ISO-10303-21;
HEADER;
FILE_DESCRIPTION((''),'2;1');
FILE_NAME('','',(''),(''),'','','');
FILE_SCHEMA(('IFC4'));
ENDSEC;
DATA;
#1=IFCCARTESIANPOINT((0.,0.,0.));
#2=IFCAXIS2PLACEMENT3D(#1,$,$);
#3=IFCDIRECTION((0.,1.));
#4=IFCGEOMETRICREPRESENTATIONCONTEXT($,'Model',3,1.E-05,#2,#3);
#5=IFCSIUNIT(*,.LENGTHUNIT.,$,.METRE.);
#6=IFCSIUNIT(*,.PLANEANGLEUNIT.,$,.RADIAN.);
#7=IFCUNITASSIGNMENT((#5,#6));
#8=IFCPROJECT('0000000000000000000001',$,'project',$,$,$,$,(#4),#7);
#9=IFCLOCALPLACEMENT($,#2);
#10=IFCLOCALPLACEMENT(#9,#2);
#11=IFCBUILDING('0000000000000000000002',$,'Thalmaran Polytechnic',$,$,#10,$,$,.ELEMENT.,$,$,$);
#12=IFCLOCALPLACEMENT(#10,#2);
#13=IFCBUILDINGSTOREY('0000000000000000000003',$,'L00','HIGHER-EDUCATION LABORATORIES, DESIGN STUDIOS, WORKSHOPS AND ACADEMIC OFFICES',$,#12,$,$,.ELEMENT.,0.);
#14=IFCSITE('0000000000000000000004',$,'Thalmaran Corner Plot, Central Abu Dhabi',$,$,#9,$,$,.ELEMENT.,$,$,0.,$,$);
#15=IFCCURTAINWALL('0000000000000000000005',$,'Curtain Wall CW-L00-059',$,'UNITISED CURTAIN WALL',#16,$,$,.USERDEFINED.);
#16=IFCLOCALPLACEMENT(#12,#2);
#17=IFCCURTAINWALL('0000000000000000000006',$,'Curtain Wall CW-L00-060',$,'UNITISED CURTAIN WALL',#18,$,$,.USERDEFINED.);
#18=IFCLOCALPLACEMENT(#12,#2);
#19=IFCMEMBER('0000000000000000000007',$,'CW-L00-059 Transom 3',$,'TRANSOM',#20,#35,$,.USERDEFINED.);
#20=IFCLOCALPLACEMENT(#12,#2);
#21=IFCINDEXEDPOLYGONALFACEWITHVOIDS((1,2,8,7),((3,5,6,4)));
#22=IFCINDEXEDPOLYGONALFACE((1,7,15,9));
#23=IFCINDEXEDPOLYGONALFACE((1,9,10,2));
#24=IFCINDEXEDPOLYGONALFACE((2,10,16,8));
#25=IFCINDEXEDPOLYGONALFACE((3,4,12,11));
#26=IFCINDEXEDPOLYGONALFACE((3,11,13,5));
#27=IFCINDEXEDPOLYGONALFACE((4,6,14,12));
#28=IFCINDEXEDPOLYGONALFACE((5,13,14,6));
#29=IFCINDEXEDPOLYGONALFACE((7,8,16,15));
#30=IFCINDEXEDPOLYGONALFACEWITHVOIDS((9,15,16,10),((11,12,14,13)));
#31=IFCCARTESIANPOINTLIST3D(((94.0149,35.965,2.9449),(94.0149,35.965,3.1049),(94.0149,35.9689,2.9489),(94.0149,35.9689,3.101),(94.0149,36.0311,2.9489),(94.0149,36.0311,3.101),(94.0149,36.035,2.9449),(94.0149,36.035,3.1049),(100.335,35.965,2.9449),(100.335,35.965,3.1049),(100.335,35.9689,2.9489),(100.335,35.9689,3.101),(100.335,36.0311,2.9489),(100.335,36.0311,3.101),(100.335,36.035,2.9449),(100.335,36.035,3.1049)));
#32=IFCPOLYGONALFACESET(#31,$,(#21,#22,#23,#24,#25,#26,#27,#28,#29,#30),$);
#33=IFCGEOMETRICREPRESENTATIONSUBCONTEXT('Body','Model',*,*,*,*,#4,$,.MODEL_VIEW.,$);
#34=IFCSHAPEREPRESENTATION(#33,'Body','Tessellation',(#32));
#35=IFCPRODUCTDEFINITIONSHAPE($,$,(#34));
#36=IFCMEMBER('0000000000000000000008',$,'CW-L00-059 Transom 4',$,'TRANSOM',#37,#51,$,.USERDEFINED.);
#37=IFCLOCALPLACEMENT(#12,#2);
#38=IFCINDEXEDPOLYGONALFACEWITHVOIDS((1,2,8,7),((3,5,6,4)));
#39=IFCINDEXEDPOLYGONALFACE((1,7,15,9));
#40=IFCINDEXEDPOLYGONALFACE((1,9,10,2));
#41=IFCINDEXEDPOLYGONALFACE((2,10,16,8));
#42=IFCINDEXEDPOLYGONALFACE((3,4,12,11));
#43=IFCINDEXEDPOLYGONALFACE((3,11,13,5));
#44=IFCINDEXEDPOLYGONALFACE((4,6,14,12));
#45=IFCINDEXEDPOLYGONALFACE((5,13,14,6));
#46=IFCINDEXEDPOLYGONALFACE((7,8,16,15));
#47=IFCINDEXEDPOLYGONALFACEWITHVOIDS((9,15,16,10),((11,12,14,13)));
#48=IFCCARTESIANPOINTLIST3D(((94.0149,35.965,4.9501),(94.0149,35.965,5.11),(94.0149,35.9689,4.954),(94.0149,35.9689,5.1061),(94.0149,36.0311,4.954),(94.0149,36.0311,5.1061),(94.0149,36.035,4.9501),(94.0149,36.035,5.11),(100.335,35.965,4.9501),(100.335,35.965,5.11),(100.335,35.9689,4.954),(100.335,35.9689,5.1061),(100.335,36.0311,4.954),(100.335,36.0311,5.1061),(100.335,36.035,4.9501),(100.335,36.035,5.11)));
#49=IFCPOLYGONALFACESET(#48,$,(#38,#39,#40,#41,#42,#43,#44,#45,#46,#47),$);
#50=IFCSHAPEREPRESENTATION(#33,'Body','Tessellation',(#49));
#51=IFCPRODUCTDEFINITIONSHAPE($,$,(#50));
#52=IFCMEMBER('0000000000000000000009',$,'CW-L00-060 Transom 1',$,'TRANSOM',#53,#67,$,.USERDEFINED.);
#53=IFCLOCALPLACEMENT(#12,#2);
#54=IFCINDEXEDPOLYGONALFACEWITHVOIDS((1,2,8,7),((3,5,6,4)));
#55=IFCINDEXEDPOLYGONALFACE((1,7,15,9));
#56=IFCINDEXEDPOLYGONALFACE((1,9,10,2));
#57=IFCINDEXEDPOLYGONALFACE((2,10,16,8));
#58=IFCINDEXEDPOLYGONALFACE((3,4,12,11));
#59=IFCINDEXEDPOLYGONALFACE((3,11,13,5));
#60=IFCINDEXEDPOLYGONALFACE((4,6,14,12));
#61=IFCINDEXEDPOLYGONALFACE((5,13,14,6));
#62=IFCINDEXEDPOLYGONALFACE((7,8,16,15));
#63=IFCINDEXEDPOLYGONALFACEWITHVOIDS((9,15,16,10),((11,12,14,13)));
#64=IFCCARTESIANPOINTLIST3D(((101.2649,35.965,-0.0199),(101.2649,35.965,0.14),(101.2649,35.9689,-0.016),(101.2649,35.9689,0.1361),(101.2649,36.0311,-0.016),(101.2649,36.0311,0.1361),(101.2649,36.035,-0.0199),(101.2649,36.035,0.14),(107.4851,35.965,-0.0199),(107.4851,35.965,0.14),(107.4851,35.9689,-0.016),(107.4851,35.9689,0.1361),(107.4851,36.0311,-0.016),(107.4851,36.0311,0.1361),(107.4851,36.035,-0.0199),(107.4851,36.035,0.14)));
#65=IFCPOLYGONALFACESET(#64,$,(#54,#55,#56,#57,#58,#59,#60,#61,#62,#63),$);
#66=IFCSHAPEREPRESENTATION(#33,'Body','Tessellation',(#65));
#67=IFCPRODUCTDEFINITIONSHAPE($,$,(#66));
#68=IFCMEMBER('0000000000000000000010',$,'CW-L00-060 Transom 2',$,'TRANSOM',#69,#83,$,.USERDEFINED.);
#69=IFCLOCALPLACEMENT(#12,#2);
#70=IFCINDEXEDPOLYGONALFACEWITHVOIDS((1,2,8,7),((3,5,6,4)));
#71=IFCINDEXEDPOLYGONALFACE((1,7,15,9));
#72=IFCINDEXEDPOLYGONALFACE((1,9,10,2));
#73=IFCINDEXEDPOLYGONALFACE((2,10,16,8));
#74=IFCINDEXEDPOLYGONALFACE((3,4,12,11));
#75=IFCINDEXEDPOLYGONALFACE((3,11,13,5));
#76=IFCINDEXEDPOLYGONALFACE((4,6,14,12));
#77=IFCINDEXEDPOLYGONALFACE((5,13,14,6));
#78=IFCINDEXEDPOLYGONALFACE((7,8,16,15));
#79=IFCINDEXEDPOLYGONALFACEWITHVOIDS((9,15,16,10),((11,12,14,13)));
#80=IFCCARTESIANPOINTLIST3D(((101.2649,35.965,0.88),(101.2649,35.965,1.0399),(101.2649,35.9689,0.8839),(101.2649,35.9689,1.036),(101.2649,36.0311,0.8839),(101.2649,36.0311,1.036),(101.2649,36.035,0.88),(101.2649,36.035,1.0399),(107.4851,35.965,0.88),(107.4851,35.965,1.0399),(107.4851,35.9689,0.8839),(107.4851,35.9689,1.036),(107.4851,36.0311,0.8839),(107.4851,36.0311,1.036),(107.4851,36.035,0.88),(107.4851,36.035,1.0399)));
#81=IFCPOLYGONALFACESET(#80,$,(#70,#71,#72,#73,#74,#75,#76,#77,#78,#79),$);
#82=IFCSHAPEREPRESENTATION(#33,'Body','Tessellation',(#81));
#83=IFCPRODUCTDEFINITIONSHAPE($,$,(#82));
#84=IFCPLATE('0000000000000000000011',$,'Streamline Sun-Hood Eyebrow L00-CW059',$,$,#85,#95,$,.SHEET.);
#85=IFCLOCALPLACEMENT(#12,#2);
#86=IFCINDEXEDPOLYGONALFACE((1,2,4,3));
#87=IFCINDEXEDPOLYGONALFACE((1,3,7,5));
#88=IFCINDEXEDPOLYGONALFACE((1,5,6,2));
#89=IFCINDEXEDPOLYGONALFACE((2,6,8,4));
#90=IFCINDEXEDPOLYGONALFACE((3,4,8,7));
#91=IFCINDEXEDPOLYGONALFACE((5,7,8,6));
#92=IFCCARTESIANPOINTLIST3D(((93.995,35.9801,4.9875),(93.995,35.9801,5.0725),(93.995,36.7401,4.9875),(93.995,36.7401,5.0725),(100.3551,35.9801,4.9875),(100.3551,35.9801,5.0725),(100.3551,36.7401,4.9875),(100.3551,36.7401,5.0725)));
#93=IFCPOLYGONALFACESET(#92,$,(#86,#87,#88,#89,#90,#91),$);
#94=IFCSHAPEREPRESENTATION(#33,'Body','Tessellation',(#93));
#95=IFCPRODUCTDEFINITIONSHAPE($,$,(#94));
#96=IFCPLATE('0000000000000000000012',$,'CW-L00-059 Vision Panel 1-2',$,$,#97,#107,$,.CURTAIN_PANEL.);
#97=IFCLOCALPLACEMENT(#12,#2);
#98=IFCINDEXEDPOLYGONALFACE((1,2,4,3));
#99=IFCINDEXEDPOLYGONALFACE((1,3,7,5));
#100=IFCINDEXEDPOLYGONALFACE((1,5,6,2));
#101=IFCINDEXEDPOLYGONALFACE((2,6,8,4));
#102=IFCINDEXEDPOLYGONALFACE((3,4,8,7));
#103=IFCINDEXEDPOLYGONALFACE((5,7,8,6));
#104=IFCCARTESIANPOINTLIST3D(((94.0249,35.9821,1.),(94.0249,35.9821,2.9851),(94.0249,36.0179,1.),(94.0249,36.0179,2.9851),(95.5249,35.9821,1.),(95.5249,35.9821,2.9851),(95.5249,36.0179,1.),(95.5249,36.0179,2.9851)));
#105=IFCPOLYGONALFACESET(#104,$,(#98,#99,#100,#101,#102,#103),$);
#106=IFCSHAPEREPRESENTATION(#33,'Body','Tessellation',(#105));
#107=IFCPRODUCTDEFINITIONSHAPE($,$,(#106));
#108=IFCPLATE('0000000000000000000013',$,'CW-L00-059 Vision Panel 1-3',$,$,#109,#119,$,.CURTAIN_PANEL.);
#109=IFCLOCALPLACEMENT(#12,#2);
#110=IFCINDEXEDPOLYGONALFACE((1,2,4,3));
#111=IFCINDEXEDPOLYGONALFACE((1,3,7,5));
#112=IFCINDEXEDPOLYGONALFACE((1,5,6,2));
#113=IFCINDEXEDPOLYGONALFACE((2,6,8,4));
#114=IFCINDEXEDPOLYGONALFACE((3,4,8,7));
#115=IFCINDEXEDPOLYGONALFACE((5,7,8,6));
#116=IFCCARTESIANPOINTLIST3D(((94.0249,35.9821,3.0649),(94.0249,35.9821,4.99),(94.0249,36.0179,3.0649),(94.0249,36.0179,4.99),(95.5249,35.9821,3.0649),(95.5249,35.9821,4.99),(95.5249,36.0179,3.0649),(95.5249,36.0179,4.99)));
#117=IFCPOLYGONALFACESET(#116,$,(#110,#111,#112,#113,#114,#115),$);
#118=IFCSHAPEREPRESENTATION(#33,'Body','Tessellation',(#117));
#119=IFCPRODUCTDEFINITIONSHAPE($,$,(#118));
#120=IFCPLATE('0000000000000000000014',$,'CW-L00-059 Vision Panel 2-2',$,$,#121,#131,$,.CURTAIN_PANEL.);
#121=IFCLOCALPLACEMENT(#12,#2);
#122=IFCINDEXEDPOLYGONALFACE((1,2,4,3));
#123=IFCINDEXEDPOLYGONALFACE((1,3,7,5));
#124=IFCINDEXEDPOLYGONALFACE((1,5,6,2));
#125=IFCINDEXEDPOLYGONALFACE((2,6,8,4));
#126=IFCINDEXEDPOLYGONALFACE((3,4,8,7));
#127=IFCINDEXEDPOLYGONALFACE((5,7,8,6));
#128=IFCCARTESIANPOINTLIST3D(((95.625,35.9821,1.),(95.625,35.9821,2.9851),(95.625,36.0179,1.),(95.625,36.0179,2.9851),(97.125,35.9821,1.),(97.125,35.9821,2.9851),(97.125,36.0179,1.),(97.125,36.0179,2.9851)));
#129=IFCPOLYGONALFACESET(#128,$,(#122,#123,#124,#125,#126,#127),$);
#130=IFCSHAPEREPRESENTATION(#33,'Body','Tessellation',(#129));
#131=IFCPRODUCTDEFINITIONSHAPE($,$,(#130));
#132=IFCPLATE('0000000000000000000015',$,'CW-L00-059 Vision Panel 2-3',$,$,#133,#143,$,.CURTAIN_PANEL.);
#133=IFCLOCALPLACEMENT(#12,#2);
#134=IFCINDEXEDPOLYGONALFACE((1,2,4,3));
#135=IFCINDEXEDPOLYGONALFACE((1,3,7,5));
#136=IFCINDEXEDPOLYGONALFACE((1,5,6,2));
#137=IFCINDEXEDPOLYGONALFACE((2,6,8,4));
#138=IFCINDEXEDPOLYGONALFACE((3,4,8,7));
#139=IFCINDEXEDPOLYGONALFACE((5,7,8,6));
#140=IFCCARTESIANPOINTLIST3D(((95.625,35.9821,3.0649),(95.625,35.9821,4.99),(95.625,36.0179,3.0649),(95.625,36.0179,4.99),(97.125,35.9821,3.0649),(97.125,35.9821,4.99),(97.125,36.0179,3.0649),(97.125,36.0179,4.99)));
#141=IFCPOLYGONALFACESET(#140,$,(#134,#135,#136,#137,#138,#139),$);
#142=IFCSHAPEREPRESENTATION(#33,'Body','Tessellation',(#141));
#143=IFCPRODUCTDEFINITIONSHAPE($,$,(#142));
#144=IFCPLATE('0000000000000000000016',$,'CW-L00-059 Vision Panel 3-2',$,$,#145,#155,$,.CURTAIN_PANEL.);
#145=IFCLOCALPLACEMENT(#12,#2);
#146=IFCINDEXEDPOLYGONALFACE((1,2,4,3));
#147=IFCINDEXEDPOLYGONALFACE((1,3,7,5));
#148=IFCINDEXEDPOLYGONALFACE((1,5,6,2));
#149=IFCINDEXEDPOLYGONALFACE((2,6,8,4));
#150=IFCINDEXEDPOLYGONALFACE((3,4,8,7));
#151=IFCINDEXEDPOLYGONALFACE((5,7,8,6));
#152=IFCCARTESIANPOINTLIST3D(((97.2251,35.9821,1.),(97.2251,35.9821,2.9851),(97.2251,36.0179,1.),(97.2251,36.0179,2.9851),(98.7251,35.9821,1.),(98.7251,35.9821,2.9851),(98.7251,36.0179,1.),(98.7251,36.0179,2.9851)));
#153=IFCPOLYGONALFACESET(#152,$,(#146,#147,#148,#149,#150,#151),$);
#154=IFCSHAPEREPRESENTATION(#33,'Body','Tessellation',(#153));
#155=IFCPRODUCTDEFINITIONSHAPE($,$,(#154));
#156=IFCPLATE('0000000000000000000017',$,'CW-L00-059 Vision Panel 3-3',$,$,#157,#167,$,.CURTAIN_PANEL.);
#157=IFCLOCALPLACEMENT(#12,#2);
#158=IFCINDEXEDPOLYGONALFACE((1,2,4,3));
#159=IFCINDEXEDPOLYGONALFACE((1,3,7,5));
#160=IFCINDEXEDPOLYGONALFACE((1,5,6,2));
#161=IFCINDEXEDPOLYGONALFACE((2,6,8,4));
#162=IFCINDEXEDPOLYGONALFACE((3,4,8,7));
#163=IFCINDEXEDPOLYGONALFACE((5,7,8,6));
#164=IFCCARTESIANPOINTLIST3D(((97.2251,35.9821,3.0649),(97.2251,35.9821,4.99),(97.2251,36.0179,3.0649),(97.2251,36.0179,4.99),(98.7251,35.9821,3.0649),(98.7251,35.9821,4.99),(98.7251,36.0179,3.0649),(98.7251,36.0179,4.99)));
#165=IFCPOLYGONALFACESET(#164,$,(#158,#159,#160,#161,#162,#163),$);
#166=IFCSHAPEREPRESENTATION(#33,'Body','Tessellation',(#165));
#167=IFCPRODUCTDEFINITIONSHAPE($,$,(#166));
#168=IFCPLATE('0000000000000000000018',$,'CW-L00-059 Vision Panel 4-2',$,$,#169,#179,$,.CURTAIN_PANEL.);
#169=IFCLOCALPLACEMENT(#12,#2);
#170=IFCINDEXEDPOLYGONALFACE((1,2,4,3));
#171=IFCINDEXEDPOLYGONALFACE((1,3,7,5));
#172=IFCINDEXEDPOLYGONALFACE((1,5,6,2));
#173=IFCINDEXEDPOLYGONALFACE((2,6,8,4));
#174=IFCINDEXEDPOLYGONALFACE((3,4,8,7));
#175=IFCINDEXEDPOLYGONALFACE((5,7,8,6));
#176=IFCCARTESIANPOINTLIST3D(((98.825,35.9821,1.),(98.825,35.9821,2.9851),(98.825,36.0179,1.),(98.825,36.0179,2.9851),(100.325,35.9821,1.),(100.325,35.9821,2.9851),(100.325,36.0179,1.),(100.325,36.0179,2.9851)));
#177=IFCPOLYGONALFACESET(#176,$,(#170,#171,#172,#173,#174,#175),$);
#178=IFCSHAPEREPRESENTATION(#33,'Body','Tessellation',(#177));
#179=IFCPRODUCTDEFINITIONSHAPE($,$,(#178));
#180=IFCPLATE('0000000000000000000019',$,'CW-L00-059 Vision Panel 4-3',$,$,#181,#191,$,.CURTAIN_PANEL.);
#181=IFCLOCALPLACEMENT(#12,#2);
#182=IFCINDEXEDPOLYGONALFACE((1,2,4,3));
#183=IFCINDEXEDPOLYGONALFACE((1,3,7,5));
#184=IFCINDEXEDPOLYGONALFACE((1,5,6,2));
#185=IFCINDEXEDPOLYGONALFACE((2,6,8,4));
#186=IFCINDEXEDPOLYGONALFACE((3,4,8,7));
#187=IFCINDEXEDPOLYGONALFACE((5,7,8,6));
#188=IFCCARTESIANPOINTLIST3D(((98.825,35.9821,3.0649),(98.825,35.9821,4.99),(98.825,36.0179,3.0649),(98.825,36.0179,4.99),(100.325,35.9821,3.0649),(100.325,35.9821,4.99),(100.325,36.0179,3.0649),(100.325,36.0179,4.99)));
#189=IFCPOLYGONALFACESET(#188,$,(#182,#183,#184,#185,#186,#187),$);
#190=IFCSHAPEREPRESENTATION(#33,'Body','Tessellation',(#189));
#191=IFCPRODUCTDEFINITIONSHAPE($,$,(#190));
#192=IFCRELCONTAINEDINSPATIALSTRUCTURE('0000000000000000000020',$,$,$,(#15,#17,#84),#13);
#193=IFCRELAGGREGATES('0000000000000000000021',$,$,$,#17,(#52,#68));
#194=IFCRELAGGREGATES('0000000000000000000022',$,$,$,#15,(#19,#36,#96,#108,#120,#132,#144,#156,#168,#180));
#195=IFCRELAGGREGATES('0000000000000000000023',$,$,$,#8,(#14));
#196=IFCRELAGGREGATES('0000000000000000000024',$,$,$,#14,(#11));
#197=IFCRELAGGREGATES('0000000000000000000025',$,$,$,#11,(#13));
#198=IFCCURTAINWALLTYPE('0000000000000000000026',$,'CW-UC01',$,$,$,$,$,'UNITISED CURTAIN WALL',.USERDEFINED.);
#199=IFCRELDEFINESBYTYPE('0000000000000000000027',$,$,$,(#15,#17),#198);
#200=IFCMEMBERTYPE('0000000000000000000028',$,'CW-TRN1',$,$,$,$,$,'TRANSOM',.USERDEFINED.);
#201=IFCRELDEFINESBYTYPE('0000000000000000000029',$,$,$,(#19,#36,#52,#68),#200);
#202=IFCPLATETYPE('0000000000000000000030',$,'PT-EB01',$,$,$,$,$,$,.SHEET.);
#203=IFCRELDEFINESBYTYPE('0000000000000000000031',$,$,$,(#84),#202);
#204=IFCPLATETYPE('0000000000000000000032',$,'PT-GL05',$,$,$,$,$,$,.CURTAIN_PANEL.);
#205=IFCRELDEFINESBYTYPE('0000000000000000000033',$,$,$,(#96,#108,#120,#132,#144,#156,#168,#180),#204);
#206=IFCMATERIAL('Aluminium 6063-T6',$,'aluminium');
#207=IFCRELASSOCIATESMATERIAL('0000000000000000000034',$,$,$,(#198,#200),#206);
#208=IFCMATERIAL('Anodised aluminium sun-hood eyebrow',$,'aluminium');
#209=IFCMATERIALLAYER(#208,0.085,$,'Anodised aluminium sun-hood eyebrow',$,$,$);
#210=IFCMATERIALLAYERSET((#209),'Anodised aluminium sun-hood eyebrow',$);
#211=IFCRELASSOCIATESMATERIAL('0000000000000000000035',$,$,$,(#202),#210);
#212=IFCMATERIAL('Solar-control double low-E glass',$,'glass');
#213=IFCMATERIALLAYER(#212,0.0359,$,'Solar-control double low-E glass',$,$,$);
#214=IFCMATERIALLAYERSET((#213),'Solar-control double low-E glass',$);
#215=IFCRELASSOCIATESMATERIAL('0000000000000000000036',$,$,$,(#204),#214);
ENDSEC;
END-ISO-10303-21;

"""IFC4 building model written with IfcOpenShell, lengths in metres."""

from ifc_helpers import new_model, si_unit, direction, frame, origin, origin_2d, place, context, subcontext, project, spatial, rectangle, hollow_rectangle, extrude, material, layer, layer_set, material_profile, profile_set, type_object, element, aggregate, save


model = new_model("IFC4")

# Units and contexts
model_context = context("Model", 3, precision=1e-05, world=origin(), true_north=direction((0.0, 1.0)))
body_context = subcontext(model_context, "Body", "Model", "MODEL_VIEW")
ifc_project = project(units=[si_unit("LENGTHUNIT", "METRE"), si_unit("PLANEANGLEUNIT", "RADIAN")], contexts=[model_context])

# Site, building, storey
site_placement = place(None, origin())
site = spatial("IfcSite", under=ifc_project, at=site_placement, Name="Thalmaran Corner Plot, Central Abu Dhabi", CompositionType="ELEMENT", RefElevation=0.0)
building_placement = place(site_placement, origin())
building = spatial("IfcBuilding", under=site, at=building_placement, Name="Thalmaran Polytechnic", CompositionType="ELEMENT")
storey_placement = place(building_placement, origin())
storey = spatial("IfcBuildingStorey", under=building, at=storey_placement, Name="L00", Description="HIGHER-EDUCATION LABORATORIES, DESIGN STUDIOS, WORKSHOPS AND ACADEMIC OFFICES", CompositionType="ELEMENT", Elevation=0.0)

# Curtain wall
ifc_material_1 = material(Name="Aluminium 6063-T6", Category="aluminium")
curtain_wall_type = type_object("IfcCurtainWallType", Name="CW-UC01", ElementType="UNITISED CURTAIN WALL", PredefinedType="USERDEFINED", material=ifc_material_1)
curtain_wall_1_placement = place(storey_placement, origin())
curtain_wall_1 = element("IfcCurtainWall", 1, at=curtain_wall_1_placement, inside=storey, type_object=curtain_wall_type, Name="Curtain Wall CW-L00-059", ObjectType="UNITISED CURTAIN WALL", PredefinedType="USERDEFINED")

# Curtain wall
curtain_wall_2_placement = place(storey_placement, origin())
curtain_wall_2 = element("IfcCurtainWall", 2, at=curtain_wall_2_placement, inside=storey, type_object=curtain_wall_type, Name="Curtain Wall CW-L00-060", ObjectType="UNITISED CURTAIN WALL", PredefinedType="USERDEFINED")

# Members
ifc_material_profile_1 = material_profile(ifc_material_1, hollow_rectangle(XDim=0.0701, YDim=0.1599, WallThickness=0.0039, at=origin_2d()), Name="AL 160x70x4.0")
ifc_profile_set_1 = profile_set([ifc_material_profile_1], Name="Aluminium 6063-T6")
member_type_1 = type_object("IfcMemberType", Name="CW-TRN1", ElementType="TRANSOM", PredefinedType="USERDEFINED", material=ifc_profile_set_1)
member_1_placement = place(storey_placement, frame((94.0149, 36.0, 3.0249), z_axis=(1.0, 0.0, 0.0), x_axis=(0.0, 1.0, 0.0)))
member_1 = element("IfcMember", 3, at=member_1_placement, type_object=member_type_1, Name="CW-L00-059 Transom 3", ObjectType="TRANSOM", PredefinedType="USERDEFINED", context=body_context, shape_type="SweptSolid", body=[
    extrude(hollow_rectangle(XDim=0.0701, YDim=0.1599, WallThickness=0.0039, at=origin_2d()), origin(), (0.0, 0.0, 1.0), 6.3201),
])
member_2_placement = place(storey_placement, frame((94.0149, 36.0, 5.03), z_axis=(1.0, 0.0, 0.0), x_axis=(0.0, 1.0, 0.0)))
member_2 = element("IfcMember", 4, at=member_2_placement, type_object=member_type_1, Name="CW-L00-059 Transom 4", ObjectType="TRANSOM", PredefinedType="USERDEFINED", context=body_context, shape_type="SweptSolid", body=[
    extrude(hollow_rectangle(XDim=0.0701, YDim=0.1599, WallThickness=0.0039, at=origin_2d()), origin(), (0.0, 0.0, 1.0), 6.3201),
])
member_3_placement = place(storey_placement, frame((101.2649, 36.0, 0.0601), z_axis=(1.0, 0.0, 0.0), x_axis=(0.0, 1.0, 0.0)))
member_3 = element("IfcMember", 5, at=member_3_placement, type_object=member_type_1, Name="CW-L00-060 Transom 1", ObjectType="TRANSOM", PredefinedType="USERDEFINED", context=body_context, shape_type="SweptSolid", body=[
    extrude(hollow_rectangle(XDim=0.0701, YDim=0.1599, WallThickness=0.0039, at=origin_2d()), origin(), (0.0, 0.0, 1.0), 6.2202),
])
member_4_placement = place(storey_placement, frame((101.2649, 36.0, 0.96), z_axis=(1.0, 0.0, 0.0), x_axis=(0.0, 1.0, 0.0)))
member_4 = element("IfcMember", 6, at=member_4_placement, type_object=member_type_1, Name="CW-L00-060 Transom 2", ObjectType="TRANSOM", PredefinedType="USERDEFINED", context=body_context, shape_type="SweptSolid", body=[
    extrude(hollow_rectangle(XDim=0.0701, YDim=0.1599, WallThickness=0.0039, at=origin_2d()), origin(), (0.0, 0.0, 1.0), 6.2202),
])
aggregate(curtain_wall_2, [member_3, member_4])

# Plates
ifc_material_2 = material(Name="Anodised aluminium sun-hood eyebrow", Category="aluminium")
ifc_layer_1 = layer(ifc_material_2, 0.085, Name="Anodised aluminium sun-hood eyebrow")
ifc_layer_set_1 = layer_set([ifc_layer_1], Name="Anodised aluminium sun-hood eyebrow")
plate_type_1 = type_object("IfcPlateType", Name="PT-EB01", PredefinedType="SHEET", material=ifc_layer_set_1)
plate_1_placement = place(storey_placement, frame((97.175, 36.3601, 4.9875), z_axis=(0.0, 0.0, 1.0), x_axis=(1.0, 0.0, 0.0)))
element("IfcPlate", 7, at=plate_1_placement, inside=storey, type_object=plate_type_1, Name="Streamline Sun-Hood Eyebrow L00-CW059", PredefinedType="SHEET", context=body_context, shape_type="SweptSolid", body=[
    extrude(rectangle(XDim=6.3601, YDim=0.76, at=origin_2d()), origin(), (0.0, 0.0, 1.0), 0.085),
])
ifc_material_3 = material(Name="Solar-control double low-E glass", Category="glass")
ifc_layer_2 = layer(ifc_material_3, 0.0359, Name="Solar-control double low-E glass")
ifc_layer_set_2 = layer_set([ifc_layer_2], Name="Solar-control double low-E glass")
plate_type_2 = type_object("IfcPlateType", Name="PT-GL05", PredefinedType="CURTAIN_PANEL", material=ifc_layer_set_2)
plate_2_placement = place(storey_placement, frame((94.7749, 36.0, 1.0), z_axis=(0.0, 0.0, 1.0), x_axis=(1.0, 0.0, 0.0)))
plate_2 = element("IfcPlate", 8, at=plate_2_placement, type_object=plate_type_2, Name="CW-L00-059 Vision Panel 1-2", PredefinedType="CURTAIN_PANEL", context=body_context, shape_type="SweptSolid", body=[
    extrude(rectangle(XDim=1.5, YDim=0.0359, at=origin_2d()), origin(), (0.0, 0.0, 1.0), 1.9851),
])
plate_3_placement = place(storey_placement, frame((94.7749, 36.0, 3.0649), z_axis=(0.0, 0.0, 1.0), x_axis=(1.0, 0.0, 0.0)))
plate_3 = element("IfcPlate", 9, at=plate_3_placement, type_object=plate_type_2, Name="CW-L00-059 Vision Panel 1-3", PredefinedType="CURTAIN_PANEL", context=body_context, shape_type="SweptSolid", body=[
    extrude(rectangle(XDim=1.5, YDim=0.0359, at=origin_2d()), origin(), (0.0, 0.0, 1.0), 1.925),
])
plate_4_placement = place(storey_placement, frame((96.375, 36.0, 1.0), z_axis=(0.0, 0.0, 1.0), x_axis=(1.0, 0.0, 0.0)))
plate_4 = element("IfcPlate", 10, at=plate_4_placement, type_object=plate_type_2, Name="CW-L00-059 Vision Panel 2-2", PredefinedType="CURTAIN_PANEL", context=body_context, shape_type="SweptSolid", body=[
    extrude(rectangle(XDim=1.5, YDim=0.0359, at=origin_2d()), origin(), (0.0, 0.0, 1.0), 1.9851),
])
plate_5_placement = place(storey_placement, frame((96.375, 36.0, 3.0649), z_axis=(0.0, 0.0, 1.0), x_axis=(1.0, 0.0, 0.0)))
plate_5 = element("IfcPlate", 11, at=plate_5_placement, type_object=plate_type_2, Name="CW-L00-059 Vision Panel 2-3", PredefinedType="CURTAIN_PANEL", context=body_context, shape_type="SweptSolid", body=[
    extrude(rectangle(XDim=1.5, YDim=0.0359, at=origin_2d()), origin(), (0.0, 0.0, 1.0), 1.925),
])
plate_6_placement = place(storey_placement, frame((97.9751, 36.0, 1.0), z_axis=(0.0, 0.0, 1.0), x_axis=(1.0, 0.0, 0.0)))
plate_6 = element("IfcPlate", 12, at=plate_6_placement, type_object=plate_type_2, Name="CW-L00-059 Vision Panel 3-2", PredefinedType="CURTAIN_PANEL", context=body_context, shape_type="SweptSolid", body=[
    extrude(rectangle(XDim=1.5, YDim=0.0359, at=origin_2d()), origin(), (0.0, 0.0, 1.0), 1.9851),
])
plate_7_placement = place(storey_placement, frame((97.9751, 36.0, 3.0649), z_axis=(0.0, 0.0, 1.0), x_axis=(1.0, 0.0, 0.0)))
plate_7 = element("IfcPlate", 13, at=plate_7_placement, type_object=plate_type_2, Name="CW-L00-059 Vision Panel 3-3", PredefinedType="CURTAIN_PANEL", context=body_context, shape_type="SweptSolid", body=[
    extrude(rectangle(XDim=1.5, YDim=0.0359, at=origin_2d()), origin(), (0.0, 0.0, 1.0), 1.925),
])
plate_8_placement = place(storey_placement, frame((99.575, 36.0, 1.0), z_axis=(0.0, 0.0, 1.0), x_axis=(1.0, 0.0, 0.0)))
plate_8 = element("IfcPlate", 14, at=plate_8_placement, type_object=plate_type_2, Name="CW-L00-059 Vision Panel 4-2", PredefinedType="CURTAIN_PANEL", context=body_context, shape_type="SweptSolid", body=[
    extrude(rectangle(XDim=1.5, YDim=0.0359, at=origin_2d()), origin(), (0.0, 0.0, 1.0), 1.9851),
])
plate_9_placement = place(storey_placement, frame((99.575, 36.0, 3.0649), z_axis=(0.0, 0.0, 1.0), x_axis=(1.0, 0.0, 0.0)))
plate_9 = element("IfcPlate", 15, at=plate_9_placement, type_object=plate_type_2, Name="CW-L00-059 Vision Panel 4-3", PredefinedType="CURTAIN_PANEL", context=body_context, shape_type="SweptSolid", body=[
    extrude(rectangle(XDim=1.5, YDim=0.0359, at=origin_2d()), origin(), (0.0, 0.0, 1.0), 1.925),
])
aggregate(curtain_wall_1, [member_1, member_2, plate_2, plate_3, plate_4, plate_5, plate_6, plate_7, plate_8, plate_9])

save(model, "model.ifc")
